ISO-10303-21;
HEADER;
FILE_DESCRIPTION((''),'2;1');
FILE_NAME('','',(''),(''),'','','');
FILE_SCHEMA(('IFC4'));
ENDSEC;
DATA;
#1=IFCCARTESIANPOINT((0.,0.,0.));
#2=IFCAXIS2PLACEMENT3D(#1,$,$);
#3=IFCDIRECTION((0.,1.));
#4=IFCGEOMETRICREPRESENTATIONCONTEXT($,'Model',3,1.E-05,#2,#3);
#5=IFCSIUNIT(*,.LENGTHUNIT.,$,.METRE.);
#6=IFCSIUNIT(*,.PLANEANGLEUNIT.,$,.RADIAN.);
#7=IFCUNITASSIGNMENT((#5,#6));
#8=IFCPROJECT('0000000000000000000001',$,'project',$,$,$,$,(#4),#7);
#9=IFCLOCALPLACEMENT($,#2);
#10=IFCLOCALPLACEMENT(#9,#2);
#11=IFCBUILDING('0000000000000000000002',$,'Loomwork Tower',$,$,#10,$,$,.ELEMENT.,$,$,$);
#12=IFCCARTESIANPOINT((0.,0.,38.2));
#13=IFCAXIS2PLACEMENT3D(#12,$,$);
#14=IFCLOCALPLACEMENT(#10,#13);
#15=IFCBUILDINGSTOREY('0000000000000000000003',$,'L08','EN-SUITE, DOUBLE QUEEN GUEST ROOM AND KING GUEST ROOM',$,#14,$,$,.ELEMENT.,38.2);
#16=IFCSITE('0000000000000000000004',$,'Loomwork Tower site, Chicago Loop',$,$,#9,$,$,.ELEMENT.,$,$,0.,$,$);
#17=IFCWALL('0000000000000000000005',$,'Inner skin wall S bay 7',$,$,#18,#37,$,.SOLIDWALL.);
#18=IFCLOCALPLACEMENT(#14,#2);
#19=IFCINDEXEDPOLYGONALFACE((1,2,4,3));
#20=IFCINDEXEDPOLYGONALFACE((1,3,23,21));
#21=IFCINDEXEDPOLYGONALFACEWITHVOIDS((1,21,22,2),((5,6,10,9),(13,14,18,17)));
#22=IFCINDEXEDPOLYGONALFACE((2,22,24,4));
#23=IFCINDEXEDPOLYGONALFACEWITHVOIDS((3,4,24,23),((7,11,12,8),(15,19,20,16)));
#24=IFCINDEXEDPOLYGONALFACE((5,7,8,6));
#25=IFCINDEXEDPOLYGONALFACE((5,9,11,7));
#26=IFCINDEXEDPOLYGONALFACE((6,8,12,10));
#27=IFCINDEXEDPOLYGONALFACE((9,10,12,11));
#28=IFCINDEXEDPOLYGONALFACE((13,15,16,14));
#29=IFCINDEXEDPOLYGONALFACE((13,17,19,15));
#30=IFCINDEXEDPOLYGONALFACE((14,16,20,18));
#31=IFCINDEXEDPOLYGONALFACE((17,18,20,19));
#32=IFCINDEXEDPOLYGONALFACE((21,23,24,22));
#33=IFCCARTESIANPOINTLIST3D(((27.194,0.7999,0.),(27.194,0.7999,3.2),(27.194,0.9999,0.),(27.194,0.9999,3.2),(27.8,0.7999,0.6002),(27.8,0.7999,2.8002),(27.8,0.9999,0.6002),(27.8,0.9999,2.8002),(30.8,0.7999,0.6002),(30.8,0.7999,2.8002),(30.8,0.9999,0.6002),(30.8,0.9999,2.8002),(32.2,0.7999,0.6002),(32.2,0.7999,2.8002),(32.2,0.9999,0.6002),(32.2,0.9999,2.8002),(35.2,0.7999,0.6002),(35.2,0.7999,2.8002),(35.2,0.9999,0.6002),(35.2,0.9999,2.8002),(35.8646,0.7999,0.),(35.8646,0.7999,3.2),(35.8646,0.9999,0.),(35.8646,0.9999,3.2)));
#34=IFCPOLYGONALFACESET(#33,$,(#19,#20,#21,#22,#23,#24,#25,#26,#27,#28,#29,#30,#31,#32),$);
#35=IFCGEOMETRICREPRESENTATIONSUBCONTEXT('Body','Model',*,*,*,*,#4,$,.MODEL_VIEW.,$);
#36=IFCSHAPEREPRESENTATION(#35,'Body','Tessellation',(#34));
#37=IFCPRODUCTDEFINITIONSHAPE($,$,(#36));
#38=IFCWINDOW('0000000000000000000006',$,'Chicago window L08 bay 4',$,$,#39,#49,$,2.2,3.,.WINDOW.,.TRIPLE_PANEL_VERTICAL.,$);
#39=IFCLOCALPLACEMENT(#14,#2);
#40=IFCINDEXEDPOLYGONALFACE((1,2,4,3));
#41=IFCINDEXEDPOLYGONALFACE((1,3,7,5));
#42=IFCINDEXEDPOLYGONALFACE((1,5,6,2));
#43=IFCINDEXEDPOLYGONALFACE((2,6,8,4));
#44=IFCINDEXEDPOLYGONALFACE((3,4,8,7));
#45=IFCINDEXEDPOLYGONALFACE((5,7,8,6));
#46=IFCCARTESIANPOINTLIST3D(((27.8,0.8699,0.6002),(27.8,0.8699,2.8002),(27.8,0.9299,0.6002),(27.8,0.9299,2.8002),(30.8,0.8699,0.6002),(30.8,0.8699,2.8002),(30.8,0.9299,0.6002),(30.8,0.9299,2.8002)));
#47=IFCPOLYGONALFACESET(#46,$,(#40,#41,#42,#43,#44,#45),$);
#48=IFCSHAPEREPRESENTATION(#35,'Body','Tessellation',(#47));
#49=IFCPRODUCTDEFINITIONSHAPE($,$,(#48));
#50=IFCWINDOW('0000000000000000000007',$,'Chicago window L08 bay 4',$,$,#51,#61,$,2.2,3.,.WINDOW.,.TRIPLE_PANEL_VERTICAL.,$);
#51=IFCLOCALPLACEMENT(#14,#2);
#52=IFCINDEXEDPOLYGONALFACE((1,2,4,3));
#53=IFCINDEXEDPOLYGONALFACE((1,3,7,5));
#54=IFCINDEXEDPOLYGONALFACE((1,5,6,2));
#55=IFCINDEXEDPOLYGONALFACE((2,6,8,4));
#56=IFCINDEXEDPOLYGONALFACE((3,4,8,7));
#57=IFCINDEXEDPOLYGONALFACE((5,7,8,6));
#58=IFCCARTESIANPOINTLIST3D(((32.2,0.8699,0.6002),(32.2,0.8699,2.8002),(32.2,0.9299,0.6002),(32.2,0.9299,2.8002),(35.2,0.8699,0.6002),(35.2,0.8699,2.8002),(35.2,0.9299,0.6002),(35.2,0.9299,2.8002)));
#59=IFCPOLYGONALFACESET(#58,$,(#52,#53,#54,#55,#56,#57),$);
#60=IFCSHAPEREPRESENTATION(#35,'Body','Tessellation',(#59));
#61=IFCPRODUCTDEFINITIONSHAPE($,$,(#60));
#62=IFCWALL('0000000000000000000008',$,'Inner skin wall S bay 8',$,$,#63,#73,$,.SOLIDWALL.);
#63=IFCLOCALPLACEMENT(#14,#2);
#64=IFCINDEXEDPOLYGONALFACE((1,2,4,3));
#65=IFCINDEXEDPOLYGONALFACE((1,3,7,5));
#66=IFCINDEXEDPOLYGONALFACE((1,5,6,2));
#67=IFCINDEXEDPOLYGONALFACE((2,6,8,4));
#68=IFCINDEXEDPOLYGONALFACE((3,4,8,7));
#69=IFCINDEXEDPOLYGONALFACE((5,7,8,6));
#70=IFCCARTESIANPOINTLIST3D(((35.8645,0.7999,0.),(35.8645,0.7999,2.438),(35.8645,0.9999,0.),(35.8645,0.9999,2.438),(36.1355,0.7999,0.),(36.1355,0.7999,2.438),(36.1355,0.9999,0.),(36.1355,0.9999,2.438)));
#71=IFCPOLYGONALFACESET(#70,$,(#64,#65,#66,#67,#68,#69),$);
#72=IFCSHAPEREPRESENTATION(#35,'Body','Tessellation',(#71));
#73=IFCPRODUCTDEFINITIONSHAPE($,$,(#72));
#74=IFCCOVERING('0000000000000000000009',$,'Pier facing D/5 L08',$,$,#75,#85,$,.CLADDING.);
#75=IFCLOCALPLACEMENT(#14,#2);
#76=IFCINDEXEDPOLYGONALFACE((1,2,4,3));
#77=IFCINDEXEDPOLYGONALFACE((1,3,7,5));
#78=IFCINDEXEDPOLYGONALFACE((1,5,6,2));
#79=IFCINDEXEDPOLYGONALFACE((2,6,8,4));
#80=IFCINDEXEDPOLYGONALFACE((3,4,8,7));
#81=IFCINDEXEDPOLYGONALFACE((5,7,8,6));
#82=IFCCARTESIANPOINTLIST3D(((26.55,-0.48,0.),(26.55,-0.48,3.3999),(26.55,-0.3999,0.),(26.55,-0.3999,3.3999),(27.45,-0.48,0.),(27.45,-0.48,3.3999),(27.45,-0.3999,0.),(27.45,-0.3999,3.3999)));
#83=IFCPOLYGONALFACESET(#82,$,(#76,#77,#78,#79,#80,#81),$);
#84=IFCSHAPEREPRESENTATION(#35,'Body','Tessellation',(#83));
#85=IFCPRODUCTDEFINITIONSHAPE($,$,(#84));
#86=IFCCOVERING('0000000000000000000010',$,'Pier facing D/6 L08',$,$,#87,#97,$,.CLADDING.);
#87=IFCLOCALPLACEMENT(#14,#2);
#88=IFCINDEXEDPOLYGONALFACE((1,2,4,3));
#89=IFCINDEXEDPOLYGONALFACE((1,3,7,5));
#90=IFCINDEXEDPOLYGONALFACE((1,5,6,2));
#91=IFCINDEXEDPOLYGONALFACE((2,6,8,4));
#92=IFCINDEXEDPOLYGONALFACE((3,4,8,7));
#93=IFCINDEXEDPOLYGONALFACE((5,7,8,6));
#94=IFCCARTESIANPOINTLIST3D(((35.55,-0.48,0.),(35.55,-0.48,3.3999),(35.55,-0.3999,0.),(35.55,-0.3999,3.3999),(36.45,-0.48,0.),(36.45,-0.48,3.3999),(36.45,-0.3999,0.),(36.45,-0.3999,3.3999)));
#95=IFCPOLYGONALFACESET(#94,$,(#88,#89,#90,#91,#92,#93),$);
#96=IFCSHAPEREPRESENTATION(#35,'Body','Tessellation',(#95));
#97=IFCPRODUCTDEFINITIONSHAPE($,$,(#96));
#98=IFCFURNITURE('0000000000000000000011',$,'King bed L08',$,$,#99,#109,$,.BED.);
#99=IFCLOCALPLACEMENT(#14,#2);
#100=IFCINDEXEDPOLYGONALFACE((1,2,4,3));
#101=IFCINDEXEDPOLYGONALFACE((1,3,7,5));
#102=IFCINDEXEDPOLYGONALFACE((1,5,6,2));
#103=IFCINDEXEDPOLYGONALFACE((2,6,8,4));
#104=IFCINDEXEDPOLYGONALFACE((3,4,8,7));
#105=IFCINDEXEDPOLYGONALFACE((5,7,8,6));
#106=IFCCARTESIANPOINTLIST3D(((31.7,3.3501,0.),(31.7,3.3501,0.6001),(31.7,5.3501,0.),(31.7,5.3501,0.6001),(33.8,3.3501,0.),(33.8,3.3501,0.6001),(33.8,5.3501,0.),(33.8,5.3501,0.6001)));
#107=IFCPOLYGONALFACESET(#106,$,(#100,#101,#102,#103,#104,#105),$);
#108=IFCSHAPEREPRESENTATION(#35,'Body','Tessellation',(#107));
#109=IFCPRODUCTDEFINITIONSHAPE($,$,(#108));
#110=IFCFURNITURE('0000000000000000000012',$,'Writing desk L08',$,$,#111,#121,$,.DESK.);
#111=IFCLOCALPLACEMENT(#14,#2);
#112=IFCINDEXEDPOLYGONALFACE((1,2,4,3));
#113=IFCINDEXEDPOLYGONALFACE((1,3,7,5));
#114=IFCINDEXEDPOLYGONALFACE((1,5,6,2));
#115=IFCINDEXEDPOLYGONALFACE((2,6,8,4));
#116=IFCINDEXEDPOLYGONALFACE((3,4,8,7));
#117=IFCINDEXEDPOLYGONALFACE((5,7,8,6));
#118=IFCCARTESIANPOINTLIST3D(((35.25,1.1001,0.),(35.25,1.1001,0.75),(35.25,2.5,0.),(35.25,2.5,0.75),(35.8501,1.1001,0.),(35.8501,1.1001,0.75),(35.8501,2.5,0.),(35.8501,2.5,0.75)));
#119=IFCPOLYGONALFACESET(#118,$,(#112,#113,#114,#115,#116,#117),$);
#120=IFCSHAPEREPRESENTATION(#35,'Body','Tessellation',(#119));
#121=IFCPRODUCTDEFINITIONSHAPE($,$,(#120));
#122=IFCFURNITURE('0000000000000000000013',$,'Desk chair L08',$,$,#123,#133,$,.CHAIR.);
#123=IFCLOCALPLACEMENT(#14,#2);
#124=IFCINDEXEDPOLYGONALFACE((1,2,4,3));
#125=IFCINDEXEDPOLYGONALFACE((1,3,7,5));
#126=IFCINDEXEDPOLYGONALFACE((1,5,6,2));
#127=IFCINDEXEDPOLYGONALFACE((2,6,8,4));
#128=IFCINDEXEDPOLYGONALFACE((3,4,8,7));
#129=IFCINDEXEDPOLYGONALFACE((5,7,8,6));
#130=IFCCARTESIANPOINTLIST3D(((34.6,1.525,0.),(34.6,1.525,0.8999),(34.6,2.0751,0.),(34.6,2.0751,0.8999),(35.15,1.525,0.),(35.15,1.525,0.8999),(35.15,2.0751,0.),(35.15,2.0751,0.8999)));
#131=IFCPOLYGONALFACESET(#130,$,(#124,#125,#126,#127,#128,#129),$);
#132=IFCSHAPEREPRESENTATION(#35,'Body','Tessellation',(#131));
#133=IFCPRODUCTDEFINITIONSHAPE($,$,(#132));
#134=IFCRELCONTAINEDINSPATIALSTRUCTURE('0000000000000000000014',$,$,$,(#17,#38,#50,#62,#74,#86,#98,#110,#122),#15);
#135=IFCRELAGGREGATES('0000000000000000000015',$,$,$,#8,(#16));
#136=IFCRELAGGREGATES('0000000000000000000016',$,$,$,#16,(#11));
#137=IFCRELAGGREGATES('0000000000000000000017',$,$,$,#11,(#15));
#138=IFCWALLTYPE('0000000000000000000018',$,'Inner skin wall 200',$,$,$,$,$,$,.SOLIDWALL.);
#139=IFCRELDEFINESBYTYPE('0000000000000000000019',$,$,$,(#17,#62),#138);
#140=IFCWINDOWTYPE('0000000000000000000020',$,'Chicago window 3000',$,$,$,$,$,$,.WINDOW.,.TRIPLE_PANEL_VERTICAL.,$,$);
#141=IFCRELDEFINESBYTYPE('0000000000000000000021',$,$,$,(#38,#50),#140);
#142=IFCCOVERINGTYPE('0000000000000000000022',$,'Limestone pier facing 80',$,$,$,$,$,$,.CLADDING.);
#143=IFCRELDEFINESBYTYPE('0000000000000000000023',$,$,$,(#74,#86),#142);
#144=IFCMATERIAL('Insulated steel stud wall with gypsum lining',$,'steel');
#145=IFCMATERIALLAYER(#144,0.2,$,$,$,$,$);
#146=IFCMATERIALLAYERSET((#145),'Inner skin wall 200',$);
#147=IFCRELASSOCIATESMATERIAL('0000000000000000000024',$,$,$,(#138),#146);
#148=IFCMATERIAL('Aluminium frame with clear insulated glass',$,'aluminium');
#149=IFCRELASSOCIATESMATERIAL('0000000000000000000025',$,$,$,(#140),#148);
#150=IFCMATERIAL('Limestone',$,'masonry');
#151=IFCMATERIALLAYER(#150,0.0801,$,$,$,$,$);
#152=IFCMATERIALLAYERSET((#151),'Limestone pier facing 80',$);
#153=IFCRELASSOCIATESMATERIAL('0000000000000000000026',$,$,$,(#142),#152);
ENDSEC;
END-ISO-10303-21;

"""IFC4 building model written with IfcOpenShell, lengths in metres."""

from ifc_helpers import new_model, si_unit, direction, frame, frame_2d, origin, origin_2d, place, context, subcontext, project, spatial, rectangle, extrude, material, layer, layer_set, type_object, element, fill, save


model = new_model("IFC4")

# Units and contexts
model_context = context("Model", 3, precision=1e-05, world=origin(), true_north=direction((0.0, 1.0)))
body_context = subcontext(model_context, "Body", "Model", "MODEL_VIEW")
ifc_project = project(units=[si_unit("LENGTHUNIT", "METRE"), si_unit("PLANEANGLEUNIT", "RADIAN")], contexts=[model_context])

# Site, building, storey
site_placement = place(None, origin())
site = spatial("IfcSite", under=ifc_project, at=site_placement, Name="Loomwork Tower site, Chicago Loop", CompositionType="ELEMENT", RefElevation=0.0)
building_placement = place(site_placement, origin())
building = spatial("IfcBuilding", under=site, at=building_placement, Name="Loomwork Tower", CompositionType="ELEMENT")
storey_placement = place(building_placement, frame((0.0, 0.0, 38.2)))
storey = spatial("IfcBuildingStorey", under=building, at=storey_placement, Name="L08", Description="EN-SUITE, DOUBLE QUEEN GUEST ROOM AND KING GUEST ROOM", CompositionType="ELEMENT", Elevation=38.2)

# Shared definitions
ifc_material_1 = material(Name="Insulated steel stud wall with gypsum lining", Category="steel")
ifc_layer_1 = layer(ifc_material_1, 0.2)
ifc_layer_set_1 = layer_set([ifc_layer_1], Name="Inner skin wall 200")
wall_type = type_object("IfcWallType", Name="Inner skin wall 200", PredefinedType="SOLIDWALL", material=ifc_layer_set_1)

# Wall, openings, windows
wall_1_placement = place(storey_placement, frame((27.1938, 0.8999, 0.0), z_axis=(0.0, 0.0, 1.0), x_axis=(1.0, 0.0, 0.0)))
wall_1 = element("IfcWall", 1, at=wall_1_placement, inside=storey, type_object=wall_type, Name="Inner skin wall S bay 7", PredefinedType="SOLIDWALL", context=body_context, shape_type="SweptSolid", body=[
    extrude(rectangle(XDim=8.6707, YDim=0.2, at=frame_2d((4.3354, 0.0))), origin(), (0.0, 0.0, 1.0), 3.2),
])
opening_1_placement = place(wall_1_placement, frame((0.6062, 0.0, 0.6001)))
opening_1 = element("IfcOpeningElement", 2, at=opening_1_placement, cuts=wall_1, PredefinedType="OPENING", context=body_context, shape_type="SweptSolid", body=[
    extrude(rectangle(XDim=3.0, YDim=2.2, at=frame_2d((1.5, 1.1001))), frame((0.0, 0.1099, 0.0), z_axis=(0.0, -1.0, 0.0), x_axis=(1.0, 0.0, 0.0)), (0.0, 0.0, 1.0), 0.22),
])
opening_2_placement = place(wall_1_placement, frame((5.0061, 0.0, 0.6001)))
opening_2 = element("IfcOpeningElement", 3, at=opening_2_placement, cuts=wall_1, PredefinedType="OPENING", context=body_context, shape_type="SweptSolid", body=[
    extrude(rectangle(XDim=3.0, YDim=2.2, at=frame_2d((1.5, 1.1001))), frame((0.0, 0.1099, 0.0), z_axis=(0.0, -1.0, 0.0), x_axis=(1.0, 0.0, 0.0)), (0.0, 0.0, 1.0), 0.22),
])
ifc_material_2 = material(Name="Aluminium frame with clear insulated glass", Category="aluminium")
window_type = type_object("IfcWindowType", Name="Chicago window 3000", PartitioningType="TRIPLE_PANEL_VERTICAL", PredefinedType="WINDOW", material=ifc_material_2)
window_1_placement = place(opening_1_placement, origin())
window_1 = element("IfcWindow", 4, at=window_1_placement, inside=storey, type_object=window_type, Name="Chicago window L08 bay 4", OverallHeight=2.2, OverallWidth=3.0, PartitioningType="TRIPLE_PANEL_VERTICAL", PredefinedType="WINDOW", context=body_context, shape_type="SweptSolid", body=[
    extrude(rectangle(XDim=3.0, YDim=2.2, at=frame_2d((1.5, 1.1001))), frame((0.0, 0.03, 0.0), z_axis=(0.0, -1.0, 0.0), x_axis=(1.0, 0.0, 0.0)), (0.0, 0.0, 1.0), 0.0601),
])
fill(opening_1, window_1)
window_2_placement = place(opening_2_placement, origin())
window_2 = element("IfcWindow", 5, at=window_2_placement, inside=storey, type_object=window_type, Name="Chicago window L08 bay 4", OverallHeight=2.2, OverallWidth=3.0, PartitioningType="TRIPLE_PANEL_VERTICAL", PredefinedType="WINDOW", context=body_context, shape_type="SweptSolid", body=[
    extrude(rectangle(XDim=3.0, YDim=2.2, at=frame_2d((1.5, 1.1001))), frame((0.0, 0.03, 0.0), z_axis=(0.0, -1.0, 0.0), x_axis=(1.0, 0.0, 0.0)), (0.0, 0.0, 1.0), 0.0601),
])
fill(opening_2, window_2)

# Wall
wall_2_placement = place(storey_placement, frame((35.8645, 0.8999, 0.0), z_axis=(0.0, 0.0, 1.0), x_axis=(1.0, 0.0, 0.0)))
element("IfcWall", 6, at=wall_2_placement, inside=storey, type_object=wall_type, Name="Inner skin wall S bay 8", PredefinedType="SOLIDWALL", context=body_context, shape_type="SweptSolid", body=[
    extrude(rectangle(XDim=0.271, YDim=0.2, at=frame_2d((0.1355, 0.0))), origin(), (0.0, 0.0, 1.0), 2.438),
])

# Coverings
ifc_material_3 = material(Name="Limestone", Category="masonry")
ifc_layer_2 = layer(ifc_material_3, 0.0801)
ifc_layer_set_2 = layer_set([ifc_layer_2], Name="Limestone pier facing 80")
covering_type = type_object("IfcCoveringType", Name="Limestone pier facing 80", PredefinedType="CLADDING", material=ifc_layer_set_2)
for number, where, z_axis, x_axis, name in (
    (7, (27.0, -0.4399, 0.0), (0.0, 0.0, 1.0), (1.0, 0.0, 0.0), "Pier facing D/5 L08"),
    (8, (36.0, -0.4399, 0.0), (0.0, 0.0, 1.0), (1.0, 0.0, 0.0), "Pier facing D/6 L08"),
):
    element("IfcCovering", number, at=place(storey_placement, frame(where, z_axis=z_axis, x_axis=x_axis)), inside=storey, type_object=covering_type, Name=name, PredefinedType="CLADDING", context=body_context, shape_type="SweptSolid", body=[
        extrude(rectangle(XDim=0.8999, YDim=0.0801, at=origin_2d()), origin(), (0.0, 0.0, 1.0), 3.3999),
    ])

# Furniture
furniture_1_placement = place(storey_placement, frame((32.75, 4.3501, 0.0), z_axis=(0.0, 0.0, 1.0), x_axis=(1.0, 0.0, 0.0)))
element("IfcFurniture", 9, at=furniture_1_placement, inside=storey, Name="King bed L08", PredefinedType="BED", context=body_context, shape_type="SweptSolid", body=[
    extrude(rectangle(XDim=2.1001, YDim=2.0, at=origin_2d()), origin(), (0.0, 0.0, 1.0), 0.6001),
])
furniture_2_placement = place(storey_placement, frame((35.55, 1.8, 0.0), z_axis=(0.0, 0.0, 1.0), x_axis=(1.0, 0.0, 0.0)))
element("IfcFurniture", 10, at=furniture_2_placement, inside=storey, Name="Writing desk L08", PredefinedType="DESK", context=body_context, shape_type="SweptSolid", body=[
    extrude(rectangle(XDim=0.6001, YDim=1.3999, at=origin_2d()), origin(), (0.0, 0.0, 1.0), 0.75),
])
furniture_3_placement = place(storey_placement, frame((34.875, 1.8, 0.0), z_axis=(0.0, 0.0, 1.0), x_axis=(1.0, 0.0, 0.0)))
element("IfcFurniture", 11, at=furniture_3_placement, inside=storey, Name="Desk chair L08", PredefinedType="CHAIR", context=body_context, shape_type="SweptSolid", body=[
    extrude(rectangle(XDim=0.55, YDim=0.55, at=origin_2d()), origin(), (0.0, 0.0, 1.0), 0.8999),
])

save(model, "model.ifc")
